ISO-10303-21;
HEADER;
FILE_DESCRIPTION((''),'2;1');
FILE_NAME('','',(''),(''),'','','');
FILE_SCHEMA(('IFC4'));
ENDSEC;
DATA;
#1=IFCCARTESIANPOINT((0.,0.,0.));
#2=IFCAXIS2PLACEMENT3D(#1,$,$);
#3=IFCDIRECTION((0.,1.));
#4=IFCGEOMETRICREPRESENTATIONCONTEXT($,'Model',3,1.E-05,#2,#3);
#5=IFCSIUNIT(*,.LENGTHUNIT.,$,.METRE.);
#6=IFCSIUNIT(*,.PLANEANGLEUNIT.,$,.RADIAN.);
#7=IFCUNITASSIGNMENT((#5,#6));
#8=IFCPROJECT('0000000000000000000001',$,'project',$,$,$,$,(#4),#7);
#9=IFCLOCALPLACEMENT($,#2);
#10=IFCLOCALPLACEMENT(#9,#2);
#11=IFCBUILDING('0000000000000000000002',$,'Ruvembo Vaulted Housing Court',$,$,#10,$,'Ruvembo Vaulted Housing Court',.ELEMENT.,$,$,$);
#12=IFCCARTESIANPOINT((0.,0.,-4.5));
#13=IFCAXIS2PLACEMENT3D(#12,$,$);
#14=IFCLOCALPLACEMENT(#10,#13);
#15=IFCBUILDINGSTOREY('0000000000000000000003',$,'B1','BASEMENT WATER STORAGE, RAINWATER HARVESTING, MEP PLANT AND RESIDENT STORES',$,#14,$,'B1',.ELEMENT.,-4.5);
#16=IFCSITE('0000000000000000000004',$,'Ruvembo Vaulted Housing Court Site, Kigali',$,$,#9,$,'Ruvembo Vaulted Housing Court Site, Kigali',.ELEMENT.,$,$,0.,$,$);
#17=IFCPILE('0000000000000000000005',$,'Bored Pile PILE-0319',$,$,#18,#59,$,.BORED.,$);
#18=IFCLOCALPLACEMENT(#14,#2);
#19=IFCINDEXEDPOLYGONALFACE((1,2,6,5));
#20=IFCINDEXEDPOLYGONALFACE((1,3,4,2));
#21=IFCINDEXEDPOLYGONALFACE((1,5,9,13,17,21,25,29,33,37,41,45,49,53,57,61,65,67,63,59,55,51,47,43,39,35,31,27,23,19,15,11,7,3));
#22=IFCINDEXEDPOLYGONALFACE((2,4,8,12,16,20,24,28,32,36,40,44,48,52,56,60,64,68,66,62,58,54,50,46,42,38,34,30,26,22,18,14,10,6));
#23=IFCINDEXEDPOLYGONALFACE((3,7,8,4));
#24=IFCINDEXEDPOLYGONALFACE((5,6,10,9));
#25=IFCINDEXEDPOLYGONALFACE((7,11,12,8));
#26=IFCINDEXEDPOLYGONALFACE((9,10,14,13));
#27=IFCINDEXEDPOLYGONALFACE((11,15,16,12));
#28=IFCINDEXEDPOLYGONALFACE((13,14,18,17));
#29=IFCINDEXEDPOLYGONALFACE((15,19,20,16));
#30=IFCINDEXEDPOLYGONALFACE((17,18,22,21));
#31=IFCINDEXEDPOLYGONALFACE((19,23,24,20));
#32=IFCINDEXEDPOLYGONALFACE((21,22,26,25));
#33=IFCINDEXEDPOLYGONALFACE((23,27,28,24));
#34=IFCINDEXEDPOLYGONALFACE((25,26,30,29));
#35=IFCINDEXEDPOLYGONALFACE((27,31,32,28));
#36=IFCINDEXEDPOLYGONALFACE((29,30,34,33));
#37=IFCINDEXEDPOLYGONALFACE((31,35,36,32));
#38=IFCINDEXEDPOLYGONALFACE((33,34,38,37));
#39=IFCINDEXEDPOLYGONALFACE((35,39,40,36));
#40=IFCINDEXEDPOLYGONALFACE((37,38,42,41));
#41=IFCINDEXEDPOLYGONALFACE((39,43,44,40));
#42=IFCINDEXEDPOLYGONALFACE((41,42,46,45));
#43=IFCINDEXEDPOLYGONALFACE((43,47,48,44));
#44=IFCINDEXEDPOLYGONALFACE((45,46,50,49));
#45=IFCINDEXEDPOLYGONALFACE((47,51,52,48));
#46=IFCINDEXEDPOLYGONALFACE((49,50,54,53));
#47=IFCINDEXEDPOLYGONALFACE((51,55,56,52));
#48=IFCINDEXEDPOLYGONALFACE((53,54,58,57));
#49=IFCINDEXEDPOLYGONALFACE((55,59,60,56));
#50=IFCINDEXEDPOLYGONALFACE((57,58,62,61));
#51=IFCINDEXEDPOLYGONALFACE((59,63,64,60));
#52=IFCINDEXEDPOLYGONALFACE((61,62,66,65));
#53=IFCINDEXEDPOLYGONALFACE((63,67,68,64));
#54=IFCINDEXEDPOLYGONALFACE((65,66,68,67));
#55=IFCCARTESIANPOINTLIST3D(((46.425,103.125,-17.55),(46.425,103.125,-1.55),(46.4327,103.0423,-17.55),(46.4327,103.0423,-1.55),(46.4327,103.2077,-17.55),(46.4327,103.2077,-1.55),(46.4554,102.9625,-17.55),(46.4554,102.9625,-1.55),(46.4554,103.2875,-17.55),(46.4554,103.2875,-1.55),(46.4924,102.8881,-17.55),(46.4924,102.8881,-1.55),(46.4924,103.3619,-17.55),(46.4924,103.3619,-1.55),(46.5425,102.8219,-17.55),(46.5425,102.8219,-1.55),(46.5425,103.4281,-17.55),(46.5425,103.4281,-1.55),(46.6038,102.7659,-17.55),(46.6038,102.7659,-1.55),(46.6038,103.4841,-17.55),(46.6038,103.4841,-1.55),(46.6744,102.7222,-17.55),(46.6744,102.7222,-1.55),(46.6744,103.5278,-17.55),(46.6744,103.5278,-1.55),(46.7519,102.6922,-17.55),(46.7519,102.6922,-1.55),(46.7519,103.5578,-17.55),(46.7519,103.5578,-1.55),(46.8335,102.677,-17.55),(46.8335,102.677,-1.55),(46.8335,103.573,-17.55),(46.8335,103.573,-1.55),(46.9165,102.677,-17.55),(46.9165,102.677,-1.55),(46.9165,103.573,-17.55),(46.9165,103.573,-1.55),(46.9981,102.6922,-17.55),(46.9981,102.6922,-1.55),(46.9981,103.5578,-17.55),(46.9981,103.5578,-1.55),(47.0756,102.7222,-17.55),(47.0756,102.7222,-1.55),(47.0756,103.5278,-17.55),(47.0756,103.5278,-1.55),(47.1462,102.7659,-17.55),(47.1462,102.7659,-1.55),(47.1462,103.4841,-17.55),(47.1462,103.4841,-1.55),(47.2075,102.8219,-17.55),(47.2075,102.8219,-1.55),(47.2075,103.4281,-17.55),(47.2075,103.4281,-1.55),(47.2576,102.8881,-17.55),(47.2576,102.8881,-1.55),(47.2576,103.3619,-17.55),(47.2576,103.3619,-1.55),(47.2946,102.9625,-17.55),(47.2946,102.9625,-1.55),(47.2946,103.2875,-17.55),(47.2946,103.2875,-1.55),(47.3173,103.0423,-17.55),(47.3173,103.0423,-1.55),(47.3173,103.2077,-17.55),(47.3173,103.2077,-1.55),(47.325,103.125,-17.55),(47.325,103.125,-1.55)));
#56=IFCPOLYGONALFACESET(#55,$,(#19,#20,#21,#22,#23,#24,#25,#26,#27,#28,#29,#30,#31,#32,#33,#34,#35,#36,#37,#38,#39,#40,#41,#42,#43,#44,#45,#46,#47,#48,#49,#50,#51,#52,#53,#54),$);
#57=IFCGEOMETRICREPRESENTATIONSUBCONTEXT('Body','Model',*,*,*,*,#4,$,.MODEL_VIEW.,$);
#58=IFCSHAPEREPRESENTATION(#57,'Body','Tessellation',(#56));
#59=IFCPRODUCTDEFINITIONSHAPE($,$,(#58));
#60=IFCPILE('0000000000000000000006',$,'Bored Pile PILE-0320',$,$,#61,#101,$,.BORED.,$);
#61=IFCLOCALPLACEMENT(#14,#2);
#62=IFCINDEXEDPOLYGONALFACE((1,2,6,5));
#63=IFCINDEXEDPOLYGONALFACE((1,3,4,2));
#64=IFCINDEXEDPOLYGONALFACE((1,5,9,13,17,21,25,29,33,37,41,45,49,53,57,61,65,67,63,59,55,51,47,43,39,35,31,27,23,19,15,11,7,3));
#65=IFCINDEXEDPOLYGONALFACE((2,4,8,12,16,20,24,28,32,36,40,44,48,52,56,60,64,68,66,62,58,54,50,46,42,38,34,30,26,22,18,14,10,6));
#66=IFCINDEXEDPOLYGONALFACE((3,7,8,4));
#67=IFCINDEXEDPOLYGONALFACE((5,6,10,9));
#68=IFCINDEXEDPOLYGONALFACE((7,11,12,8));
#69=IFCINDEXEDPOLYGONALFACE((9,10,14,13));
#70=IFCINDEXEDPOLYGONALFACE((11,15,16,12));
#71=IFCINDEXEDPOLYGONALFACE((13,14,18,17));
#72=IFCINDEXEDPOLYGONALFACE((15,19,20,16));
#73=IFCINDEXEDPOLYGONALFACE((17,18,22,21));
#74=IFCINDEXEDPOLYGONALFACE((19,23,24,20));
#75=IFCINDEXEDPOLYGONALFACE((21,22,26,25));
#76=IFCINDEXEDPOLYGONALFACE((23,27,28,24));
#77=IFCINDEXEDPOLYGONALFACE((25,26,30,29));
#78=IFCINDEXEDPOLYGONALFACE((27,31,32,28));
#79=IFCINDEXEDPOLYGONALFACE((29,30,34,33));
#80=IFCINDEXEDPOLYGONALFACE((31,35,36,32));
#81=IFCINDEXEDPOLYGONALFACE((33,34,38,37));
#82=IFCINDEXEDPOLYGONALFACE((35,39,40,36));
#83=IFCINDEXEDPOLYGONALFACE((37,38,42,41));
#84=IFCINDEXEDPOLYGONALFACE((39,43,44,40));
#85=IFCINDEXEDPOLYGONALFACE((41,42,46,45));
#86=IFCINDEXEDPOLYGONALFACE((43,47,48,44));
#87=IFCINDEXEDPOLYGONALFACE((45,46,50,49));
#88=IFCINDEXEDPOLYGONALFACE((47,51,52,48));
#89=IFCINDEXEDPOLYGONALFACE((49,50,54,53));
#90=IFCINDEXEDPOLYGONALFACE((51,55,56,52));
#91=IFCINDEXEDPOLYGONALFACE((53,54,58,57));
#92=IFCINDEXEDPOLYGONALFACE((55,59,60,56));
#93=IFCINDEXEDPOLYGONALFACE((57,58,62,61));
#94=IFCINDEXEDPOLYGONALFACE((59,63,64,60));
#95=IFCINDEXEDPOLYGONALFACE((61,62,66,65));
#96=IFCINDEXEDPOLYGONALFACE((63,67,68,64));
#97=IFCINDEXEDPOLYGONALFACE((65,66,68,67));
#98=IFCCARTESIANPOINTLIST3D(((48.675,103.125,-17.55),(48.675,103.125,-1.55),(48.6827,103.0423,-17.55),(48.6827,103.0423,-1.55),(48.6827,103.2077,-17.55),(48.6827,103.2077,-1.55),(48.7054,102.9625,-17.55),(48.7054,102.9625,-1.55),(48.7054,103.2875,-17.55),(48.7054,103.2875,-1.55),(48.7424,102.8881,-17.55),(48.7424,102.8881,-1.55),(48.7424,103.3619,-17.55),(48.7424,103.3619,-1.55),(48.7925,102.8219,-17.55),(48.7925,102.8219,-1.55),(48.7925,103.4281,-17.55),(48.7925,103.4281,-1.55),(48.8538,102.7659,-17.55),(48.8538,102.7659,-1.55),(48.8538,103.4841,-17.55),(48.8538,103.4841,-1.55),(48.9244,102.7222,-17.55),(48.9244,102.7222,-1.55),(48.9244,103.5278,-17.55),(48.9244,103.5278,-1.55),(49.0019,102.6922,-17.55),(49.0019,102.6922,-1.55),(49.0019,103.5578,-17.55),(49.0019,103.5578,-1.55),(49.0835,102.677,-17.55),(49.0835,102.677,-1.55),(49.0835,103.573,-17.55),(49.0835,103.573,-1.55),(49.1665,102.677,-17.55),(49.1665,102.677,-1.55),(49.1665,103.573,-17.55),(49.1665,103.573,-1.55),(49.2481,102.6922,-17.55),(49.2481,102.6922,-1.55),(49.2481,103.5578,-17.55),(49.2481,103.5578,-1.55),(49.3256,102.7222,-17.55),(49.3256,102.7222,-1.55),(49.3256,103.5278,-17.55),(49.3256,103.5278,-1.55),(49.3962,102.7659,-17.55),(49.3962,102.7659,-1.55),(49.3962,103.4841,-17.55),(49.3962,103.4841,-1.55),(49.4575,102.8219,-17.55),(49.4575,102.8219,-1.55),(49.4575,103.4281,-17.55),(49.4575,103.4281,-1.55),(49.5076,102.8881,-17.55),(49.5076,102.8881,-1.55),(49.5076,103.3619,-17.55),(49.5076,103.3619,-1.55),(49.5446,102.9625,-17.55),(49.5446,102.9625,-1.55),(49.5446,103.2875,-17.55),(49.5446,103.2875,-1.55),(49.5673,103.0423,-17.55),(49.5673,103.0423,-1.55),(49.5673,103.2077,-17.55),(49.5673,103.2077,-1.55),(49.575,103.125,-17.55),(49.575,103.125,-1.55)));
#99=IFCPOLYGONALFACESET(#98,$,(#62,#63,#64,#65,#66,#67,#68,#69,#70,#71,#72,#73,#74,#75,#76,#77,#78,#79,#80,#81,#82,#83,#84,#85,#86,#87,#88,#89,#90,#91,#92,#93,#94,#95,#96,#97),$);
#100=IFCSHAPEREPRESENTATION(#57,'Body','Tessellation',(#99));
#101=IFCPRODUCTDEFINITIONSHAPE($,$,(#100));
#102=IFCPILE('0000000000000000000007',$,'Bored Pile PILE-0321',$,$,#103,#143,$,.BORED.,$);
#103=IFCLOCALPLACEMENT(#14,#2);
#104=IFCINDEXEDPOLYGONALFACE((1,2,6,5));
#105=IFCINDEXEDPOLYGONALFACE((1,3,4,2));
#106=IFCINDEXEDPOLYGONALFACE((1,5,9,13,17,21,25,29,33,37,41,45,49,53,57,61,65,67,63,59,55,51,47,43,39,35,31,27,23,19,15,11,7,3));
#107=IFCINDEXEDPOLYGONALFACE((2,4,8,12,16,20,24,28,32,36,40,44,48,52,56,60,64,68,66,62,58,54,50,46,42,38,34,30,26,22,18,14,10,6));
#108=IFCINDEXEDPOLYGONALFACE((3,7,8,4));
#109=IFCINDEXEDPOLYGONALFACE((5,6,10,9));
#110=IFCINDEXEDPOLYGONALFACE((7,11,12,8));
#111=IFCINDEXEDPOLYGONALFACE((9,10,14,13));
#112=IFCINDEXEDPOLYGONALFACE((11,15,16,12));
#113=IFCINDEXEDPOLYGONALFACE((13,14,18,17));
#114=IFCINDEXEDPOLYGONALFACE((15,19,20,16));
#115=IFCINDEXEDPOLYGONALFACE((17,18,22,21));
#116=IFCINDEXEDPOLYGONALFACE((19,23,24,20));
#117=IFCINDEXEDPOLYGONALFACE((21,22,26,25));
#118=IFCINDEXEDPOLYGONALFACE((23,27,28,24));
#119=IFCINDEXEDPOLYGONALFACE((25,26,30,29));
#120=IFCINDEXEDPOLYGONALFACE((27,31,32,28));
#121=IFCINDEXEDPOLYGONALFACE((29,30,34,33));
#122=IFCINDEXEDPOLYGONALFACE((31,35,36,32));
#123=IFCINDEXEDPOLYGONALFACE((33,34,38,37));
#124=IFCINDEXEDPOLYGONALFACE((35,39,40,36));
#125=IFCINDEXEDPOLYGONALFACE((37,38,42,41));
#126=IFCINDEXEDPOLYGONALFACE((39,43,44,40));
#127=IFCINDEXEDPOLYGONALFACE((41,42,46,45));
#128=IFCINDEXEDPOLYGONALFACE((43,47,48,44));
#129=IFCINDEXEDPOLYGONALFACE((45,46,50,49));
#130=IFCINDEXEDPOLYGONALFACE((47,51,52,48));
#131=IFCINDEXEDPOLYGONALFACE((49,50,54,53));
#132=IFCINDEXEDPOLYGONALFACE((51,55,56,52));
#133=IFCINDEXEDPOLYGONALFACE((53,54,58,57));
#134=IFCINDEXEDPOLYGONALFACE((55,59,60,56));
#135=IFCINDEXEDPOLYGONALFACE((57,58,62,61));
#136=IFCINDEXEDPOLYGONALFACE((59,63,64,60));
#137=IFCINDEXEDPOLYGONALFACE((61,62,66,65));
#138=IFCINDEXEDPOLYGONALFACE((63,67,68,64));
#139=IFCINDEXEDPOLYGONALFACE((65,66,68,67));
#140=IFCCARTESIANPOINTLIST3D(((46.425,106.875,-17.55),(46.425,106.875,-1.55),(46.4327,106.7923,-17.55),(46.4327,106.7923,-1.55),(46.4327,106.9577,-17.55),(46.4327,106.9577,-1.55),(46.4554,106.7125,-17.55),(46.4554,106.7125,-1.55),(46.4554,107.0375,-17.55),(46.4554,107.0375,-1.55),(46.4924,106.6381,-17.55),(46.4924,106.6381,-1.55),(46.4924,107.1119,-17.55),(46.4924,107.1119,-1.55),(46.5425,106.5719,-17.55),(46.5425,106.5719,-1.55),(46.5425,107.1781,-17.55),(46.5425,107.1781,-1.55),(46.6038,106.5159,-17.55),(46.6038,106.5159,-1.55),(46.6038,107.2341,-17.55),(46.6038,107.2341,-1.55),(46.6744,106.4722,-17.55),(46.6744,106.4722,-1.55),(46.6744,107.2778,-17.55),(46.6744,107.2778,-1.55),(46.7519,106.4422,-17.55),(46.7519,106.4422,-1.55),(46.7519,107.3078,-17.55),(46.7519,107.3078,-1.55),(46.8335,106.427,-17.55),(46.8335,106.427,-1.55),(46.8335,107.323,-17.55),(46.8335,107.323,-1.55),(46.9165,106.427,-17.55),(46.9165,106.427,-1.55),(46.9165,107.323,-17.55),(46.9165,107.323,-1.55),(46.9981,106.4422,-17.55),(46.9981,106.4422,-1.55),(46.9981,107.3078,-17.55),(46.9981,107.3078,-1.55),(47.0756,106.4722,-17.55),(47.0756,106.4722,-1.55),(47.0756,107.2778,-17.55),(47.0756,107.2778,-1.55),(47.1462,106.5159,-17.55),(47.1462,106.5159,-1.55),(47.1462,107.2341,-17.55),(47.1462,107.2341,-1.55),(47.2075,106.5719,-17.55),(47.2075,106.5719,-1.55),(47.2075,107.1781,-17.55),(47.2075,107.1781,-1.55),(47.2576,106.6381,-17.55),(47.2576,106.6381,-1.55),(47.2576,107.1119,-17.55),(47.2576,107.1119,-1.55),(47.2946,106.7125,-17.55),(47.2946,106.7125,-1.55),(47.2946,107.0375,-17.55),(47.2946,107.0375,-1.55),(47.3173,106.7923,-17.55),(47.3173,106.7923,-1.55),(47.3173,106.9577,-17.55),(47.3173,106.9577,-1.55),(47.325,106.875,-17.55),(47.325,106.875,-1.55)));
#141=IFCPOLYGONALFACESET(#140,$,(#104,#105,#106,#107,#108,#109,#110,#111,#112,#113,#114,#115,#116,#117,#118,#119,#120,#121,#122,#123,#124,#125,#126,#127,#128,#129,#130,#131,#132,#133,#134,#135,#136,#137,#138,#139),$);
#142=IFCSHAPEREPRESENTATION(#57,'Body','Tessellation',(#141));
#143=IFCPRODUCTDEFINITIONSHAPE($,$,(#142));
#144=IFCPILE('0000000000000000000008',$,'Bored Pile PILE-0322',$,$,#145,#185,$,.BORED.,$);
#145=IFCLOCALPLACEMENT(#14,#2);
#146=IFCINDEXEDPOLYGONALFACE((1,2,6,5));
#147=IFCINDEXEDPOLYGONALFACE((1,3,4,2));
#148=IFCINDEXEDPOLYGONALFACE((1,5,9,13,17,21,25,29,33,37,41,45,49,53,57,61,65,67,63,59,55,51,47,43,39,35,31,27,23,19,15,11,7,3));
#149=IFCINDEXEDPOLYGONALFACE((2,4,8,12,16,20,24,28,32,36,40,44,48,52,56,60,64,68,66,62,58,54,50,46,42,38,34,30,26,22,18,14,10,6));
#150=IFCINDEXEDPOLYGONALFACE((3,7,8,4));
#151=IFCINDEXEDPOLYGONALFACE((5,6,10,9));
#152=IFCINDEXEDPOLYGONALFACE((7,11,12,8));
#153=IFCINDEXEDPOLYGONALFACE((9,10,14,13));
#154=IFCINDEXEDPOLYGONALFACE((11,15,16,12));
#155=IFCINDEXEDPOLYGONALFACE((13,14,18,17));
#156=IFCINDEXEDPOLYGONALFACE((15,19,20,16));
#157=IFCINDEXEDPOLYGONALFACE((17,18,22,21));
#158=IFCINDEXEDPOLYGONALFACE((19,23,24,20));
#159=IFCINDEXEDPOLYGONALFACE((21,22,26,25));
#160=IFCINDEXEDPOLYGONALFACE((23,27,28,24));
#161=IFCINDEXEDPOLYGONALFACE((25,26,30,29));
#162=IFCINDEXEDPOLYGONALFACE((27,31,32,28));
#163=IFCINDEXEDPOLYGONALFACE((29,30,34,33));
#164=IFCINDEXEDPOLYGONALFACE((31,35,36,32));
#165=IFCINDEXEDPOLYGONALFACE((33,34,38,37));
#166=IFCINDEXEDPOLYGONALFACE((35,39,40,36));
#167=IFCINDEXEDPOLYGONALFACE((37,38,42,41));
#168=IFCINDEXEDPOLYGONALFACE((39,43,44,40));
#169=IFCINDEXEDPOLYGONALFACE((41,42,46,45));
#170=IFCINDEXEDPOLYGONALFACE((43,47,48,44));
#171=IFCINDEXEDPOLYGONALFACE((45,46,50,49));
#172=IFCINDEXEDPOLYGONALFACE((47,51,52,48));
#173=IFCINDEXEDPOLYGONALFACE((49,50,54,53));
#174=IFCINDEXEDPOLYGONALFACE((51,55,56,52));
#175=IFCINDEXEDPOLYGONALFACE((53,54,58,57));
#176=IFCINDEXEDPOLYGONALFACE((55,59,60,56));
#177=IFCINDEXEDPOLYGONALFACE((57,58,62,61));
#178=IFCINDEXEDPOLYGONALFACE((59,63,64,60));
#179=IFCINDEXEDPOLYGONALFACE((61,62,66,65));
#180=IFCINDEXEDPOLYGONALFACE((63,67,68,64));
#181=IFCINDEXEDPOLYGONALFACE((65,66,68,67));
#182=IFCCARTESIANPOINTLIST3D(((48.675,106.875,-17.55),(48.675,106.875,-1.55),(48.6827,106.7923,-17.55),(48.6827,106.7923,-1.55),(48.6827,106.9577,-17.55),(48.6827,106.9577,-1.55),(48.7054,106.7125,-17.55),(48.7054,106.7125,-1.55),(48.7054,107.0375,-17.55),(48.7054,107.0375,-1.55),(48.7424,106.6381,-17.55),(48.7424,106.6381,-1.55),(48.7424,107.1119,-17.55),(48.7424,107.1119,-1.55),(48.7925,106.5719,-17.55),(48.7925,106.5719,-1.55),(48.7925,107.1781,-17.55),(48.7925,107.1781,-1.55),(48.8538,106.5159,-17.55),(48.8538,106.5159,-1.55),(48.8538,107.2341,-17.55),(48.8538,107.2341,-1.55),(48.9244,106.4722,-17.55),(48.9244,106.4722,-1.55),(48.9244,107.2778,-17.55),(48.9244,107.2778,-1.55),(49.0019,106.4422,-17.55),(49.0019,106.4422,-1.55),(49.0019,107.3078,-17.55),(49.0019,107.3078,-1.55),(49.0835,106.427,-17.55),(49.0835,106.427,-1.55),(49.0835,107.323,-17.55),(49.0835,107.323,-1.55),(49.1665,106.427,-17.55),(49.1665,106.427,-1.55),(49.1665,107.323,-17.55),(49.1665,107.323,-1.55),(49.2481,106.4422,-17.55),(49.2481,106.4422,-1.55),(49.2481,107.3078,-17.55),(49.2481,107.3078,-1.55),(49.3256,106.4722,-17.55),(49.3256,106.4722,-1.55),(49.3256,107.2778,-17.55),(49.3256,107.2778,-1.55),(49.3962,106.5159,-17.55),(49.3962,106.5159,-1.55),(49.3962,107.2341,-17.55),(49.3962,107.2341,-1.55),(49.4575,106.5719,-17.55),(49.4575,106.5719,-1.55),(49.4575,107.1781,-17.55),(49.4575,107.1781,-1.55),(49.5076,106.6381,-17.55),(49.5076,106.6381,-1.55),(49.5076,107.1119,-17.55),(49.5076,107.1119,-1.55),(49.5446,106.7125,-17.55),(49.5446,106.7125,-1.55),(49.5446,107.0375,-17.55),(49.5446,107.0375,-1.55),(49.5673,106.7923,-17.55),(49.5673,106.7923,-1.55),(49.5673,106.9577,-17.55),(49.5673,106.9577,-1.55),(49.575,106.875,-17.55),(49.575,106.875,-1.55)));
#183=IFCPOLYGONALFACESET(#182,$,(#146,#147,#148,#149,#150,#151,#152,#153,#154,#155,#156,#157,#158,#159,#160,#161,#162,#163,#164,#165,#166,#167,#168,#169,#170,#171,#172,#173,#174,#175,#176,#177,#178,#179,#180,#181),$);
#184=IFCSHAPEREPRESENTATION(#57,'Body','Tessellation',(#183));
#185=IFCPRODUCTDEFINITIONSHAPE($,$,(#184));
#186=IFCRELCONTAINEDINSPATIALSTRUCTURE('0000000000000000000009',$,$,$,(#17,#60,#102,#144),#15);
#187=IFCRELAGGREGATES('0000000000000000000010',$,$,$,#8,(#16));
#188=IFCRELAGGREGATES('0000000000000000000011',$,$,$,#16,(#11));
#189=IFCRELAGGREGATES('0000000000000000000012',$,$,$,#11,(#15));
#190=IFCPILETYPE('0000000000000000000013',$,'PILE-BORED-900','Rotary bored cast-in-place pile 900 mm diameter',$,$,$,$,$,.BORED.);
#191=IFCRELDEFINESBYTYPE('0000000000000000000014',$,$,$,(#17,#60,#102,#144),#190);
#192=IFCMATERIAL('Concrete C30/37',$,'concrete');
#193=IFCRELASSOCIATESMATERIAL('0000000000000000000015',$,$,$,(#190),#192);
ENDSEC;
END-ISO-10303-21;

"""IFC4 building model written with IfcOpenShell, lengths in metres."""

from ifc_helpers import new_model, si_unit, direction, frame, origin, origin_2d, place, context, subcontext, project, spatial, circle, extrude, material, material_profile, profile_set, type_object, element, save


model = new_model("IFC4")

# Units and contexts
model_context = context("Model", 3, precision=1e-05, world=origin(), true_north=direction((0.0, 1.0)))
body_context = subcontext(model_context, "Body", "Model", "MODEL_VIEW")
ifc_project = project(units=[si_unit("LENGTHUNIT", "METRE"), si_unit("PLANEANGLEUNIT", "RADIAN")], contexts=[model_context])

# Site, building, storey
site_placement = place(None, origin())
site = spatial("IfcSite", under=ifc_project, at=site_placement, Name="Ruvembo Vaulted Housing Court Site, Kigali", LongName="Ruvembo Vaulted Housing Court Site, Kigali", CompositionType="ELEMENT", RefElevation=0.0)
building_placement = place(site_placement, origin())
building = spatial("IfcBuilding", under=site, at=building_placement, Name="Ruvembo Vaulted Housing Court", LongName="Ruvembo Vaulted Housing Court", CompositionType="ELEMENT")
storey_placement = place(building_placement, frame((0.0, 0.0, -4.5)))
storey = spatial("IfcBuildingStorey", under=building, at=storey_placement, Name="B1", Description="BASEMENT WATER STORAGE, RAINWATER HARVESTING, MEP PLANT AND RESIDENT STORES", LongName="B1", CompositionType="ELEMENT", Elevation=-4.5)

# Piles
ifc_material_1 = material(Name="Concrete C30/37", Category="concrete")
ifc_material_profile_1 = material_profile(ifc_material_1, circle(Radius=0.45, at=origin_2d()), Name="PILE D900")
ifc_profile_set_1 = profile_set([ifc_material_profile_1], Name="Concrete C30/37")
pile_type_1 = type_object("IfcPileType", Name="PILE-BORED-900", Description="Rotary bored cast-in-place pile 900 mm diameter", PredefinedType="BORED", material=ifc_profile_set_1)
for number, where, z_axis, x_axis, name in (
    (1, (46.875, 103.125, -1.55), (0.0, 0.0, -1.0), (1.0, 0.0, 0.0), "Bored Pile PILE-0319"),
    (2, (49.125, 103.125, -1.55), (0.0, 0.0, -1.0), (1.0, 0.0, 0.0), "Bored Pile PILE-0320"),
    (3, (46.875, 106.875, -1.55), (0.0, 0.0, -1.0), (1.0, 0.0, 0.0), "Bored Pile PILE-0321"),
    (4, (49.125, 106.875, -1.55), (0.0, 0.0, -1.0), (1.0, 0.0, 0.0), "Bored Pile PILE-0322"),
):
    element("IfcPile", number, at=place(storey_placement, frame(where, z_axis=z_axis, x_axis=x_axis)), inside=storey, type_object=pile_type_1, Name=name, PredefinedType="BORED", context=body_context, shape_type="SweptSolid", body=[
        extrude(circle(Radius=0.45, at=origin_2d()), origin(), (0.0, 0.0, 1.0), 16.0),
    ])

save(model, "model.ifc")
